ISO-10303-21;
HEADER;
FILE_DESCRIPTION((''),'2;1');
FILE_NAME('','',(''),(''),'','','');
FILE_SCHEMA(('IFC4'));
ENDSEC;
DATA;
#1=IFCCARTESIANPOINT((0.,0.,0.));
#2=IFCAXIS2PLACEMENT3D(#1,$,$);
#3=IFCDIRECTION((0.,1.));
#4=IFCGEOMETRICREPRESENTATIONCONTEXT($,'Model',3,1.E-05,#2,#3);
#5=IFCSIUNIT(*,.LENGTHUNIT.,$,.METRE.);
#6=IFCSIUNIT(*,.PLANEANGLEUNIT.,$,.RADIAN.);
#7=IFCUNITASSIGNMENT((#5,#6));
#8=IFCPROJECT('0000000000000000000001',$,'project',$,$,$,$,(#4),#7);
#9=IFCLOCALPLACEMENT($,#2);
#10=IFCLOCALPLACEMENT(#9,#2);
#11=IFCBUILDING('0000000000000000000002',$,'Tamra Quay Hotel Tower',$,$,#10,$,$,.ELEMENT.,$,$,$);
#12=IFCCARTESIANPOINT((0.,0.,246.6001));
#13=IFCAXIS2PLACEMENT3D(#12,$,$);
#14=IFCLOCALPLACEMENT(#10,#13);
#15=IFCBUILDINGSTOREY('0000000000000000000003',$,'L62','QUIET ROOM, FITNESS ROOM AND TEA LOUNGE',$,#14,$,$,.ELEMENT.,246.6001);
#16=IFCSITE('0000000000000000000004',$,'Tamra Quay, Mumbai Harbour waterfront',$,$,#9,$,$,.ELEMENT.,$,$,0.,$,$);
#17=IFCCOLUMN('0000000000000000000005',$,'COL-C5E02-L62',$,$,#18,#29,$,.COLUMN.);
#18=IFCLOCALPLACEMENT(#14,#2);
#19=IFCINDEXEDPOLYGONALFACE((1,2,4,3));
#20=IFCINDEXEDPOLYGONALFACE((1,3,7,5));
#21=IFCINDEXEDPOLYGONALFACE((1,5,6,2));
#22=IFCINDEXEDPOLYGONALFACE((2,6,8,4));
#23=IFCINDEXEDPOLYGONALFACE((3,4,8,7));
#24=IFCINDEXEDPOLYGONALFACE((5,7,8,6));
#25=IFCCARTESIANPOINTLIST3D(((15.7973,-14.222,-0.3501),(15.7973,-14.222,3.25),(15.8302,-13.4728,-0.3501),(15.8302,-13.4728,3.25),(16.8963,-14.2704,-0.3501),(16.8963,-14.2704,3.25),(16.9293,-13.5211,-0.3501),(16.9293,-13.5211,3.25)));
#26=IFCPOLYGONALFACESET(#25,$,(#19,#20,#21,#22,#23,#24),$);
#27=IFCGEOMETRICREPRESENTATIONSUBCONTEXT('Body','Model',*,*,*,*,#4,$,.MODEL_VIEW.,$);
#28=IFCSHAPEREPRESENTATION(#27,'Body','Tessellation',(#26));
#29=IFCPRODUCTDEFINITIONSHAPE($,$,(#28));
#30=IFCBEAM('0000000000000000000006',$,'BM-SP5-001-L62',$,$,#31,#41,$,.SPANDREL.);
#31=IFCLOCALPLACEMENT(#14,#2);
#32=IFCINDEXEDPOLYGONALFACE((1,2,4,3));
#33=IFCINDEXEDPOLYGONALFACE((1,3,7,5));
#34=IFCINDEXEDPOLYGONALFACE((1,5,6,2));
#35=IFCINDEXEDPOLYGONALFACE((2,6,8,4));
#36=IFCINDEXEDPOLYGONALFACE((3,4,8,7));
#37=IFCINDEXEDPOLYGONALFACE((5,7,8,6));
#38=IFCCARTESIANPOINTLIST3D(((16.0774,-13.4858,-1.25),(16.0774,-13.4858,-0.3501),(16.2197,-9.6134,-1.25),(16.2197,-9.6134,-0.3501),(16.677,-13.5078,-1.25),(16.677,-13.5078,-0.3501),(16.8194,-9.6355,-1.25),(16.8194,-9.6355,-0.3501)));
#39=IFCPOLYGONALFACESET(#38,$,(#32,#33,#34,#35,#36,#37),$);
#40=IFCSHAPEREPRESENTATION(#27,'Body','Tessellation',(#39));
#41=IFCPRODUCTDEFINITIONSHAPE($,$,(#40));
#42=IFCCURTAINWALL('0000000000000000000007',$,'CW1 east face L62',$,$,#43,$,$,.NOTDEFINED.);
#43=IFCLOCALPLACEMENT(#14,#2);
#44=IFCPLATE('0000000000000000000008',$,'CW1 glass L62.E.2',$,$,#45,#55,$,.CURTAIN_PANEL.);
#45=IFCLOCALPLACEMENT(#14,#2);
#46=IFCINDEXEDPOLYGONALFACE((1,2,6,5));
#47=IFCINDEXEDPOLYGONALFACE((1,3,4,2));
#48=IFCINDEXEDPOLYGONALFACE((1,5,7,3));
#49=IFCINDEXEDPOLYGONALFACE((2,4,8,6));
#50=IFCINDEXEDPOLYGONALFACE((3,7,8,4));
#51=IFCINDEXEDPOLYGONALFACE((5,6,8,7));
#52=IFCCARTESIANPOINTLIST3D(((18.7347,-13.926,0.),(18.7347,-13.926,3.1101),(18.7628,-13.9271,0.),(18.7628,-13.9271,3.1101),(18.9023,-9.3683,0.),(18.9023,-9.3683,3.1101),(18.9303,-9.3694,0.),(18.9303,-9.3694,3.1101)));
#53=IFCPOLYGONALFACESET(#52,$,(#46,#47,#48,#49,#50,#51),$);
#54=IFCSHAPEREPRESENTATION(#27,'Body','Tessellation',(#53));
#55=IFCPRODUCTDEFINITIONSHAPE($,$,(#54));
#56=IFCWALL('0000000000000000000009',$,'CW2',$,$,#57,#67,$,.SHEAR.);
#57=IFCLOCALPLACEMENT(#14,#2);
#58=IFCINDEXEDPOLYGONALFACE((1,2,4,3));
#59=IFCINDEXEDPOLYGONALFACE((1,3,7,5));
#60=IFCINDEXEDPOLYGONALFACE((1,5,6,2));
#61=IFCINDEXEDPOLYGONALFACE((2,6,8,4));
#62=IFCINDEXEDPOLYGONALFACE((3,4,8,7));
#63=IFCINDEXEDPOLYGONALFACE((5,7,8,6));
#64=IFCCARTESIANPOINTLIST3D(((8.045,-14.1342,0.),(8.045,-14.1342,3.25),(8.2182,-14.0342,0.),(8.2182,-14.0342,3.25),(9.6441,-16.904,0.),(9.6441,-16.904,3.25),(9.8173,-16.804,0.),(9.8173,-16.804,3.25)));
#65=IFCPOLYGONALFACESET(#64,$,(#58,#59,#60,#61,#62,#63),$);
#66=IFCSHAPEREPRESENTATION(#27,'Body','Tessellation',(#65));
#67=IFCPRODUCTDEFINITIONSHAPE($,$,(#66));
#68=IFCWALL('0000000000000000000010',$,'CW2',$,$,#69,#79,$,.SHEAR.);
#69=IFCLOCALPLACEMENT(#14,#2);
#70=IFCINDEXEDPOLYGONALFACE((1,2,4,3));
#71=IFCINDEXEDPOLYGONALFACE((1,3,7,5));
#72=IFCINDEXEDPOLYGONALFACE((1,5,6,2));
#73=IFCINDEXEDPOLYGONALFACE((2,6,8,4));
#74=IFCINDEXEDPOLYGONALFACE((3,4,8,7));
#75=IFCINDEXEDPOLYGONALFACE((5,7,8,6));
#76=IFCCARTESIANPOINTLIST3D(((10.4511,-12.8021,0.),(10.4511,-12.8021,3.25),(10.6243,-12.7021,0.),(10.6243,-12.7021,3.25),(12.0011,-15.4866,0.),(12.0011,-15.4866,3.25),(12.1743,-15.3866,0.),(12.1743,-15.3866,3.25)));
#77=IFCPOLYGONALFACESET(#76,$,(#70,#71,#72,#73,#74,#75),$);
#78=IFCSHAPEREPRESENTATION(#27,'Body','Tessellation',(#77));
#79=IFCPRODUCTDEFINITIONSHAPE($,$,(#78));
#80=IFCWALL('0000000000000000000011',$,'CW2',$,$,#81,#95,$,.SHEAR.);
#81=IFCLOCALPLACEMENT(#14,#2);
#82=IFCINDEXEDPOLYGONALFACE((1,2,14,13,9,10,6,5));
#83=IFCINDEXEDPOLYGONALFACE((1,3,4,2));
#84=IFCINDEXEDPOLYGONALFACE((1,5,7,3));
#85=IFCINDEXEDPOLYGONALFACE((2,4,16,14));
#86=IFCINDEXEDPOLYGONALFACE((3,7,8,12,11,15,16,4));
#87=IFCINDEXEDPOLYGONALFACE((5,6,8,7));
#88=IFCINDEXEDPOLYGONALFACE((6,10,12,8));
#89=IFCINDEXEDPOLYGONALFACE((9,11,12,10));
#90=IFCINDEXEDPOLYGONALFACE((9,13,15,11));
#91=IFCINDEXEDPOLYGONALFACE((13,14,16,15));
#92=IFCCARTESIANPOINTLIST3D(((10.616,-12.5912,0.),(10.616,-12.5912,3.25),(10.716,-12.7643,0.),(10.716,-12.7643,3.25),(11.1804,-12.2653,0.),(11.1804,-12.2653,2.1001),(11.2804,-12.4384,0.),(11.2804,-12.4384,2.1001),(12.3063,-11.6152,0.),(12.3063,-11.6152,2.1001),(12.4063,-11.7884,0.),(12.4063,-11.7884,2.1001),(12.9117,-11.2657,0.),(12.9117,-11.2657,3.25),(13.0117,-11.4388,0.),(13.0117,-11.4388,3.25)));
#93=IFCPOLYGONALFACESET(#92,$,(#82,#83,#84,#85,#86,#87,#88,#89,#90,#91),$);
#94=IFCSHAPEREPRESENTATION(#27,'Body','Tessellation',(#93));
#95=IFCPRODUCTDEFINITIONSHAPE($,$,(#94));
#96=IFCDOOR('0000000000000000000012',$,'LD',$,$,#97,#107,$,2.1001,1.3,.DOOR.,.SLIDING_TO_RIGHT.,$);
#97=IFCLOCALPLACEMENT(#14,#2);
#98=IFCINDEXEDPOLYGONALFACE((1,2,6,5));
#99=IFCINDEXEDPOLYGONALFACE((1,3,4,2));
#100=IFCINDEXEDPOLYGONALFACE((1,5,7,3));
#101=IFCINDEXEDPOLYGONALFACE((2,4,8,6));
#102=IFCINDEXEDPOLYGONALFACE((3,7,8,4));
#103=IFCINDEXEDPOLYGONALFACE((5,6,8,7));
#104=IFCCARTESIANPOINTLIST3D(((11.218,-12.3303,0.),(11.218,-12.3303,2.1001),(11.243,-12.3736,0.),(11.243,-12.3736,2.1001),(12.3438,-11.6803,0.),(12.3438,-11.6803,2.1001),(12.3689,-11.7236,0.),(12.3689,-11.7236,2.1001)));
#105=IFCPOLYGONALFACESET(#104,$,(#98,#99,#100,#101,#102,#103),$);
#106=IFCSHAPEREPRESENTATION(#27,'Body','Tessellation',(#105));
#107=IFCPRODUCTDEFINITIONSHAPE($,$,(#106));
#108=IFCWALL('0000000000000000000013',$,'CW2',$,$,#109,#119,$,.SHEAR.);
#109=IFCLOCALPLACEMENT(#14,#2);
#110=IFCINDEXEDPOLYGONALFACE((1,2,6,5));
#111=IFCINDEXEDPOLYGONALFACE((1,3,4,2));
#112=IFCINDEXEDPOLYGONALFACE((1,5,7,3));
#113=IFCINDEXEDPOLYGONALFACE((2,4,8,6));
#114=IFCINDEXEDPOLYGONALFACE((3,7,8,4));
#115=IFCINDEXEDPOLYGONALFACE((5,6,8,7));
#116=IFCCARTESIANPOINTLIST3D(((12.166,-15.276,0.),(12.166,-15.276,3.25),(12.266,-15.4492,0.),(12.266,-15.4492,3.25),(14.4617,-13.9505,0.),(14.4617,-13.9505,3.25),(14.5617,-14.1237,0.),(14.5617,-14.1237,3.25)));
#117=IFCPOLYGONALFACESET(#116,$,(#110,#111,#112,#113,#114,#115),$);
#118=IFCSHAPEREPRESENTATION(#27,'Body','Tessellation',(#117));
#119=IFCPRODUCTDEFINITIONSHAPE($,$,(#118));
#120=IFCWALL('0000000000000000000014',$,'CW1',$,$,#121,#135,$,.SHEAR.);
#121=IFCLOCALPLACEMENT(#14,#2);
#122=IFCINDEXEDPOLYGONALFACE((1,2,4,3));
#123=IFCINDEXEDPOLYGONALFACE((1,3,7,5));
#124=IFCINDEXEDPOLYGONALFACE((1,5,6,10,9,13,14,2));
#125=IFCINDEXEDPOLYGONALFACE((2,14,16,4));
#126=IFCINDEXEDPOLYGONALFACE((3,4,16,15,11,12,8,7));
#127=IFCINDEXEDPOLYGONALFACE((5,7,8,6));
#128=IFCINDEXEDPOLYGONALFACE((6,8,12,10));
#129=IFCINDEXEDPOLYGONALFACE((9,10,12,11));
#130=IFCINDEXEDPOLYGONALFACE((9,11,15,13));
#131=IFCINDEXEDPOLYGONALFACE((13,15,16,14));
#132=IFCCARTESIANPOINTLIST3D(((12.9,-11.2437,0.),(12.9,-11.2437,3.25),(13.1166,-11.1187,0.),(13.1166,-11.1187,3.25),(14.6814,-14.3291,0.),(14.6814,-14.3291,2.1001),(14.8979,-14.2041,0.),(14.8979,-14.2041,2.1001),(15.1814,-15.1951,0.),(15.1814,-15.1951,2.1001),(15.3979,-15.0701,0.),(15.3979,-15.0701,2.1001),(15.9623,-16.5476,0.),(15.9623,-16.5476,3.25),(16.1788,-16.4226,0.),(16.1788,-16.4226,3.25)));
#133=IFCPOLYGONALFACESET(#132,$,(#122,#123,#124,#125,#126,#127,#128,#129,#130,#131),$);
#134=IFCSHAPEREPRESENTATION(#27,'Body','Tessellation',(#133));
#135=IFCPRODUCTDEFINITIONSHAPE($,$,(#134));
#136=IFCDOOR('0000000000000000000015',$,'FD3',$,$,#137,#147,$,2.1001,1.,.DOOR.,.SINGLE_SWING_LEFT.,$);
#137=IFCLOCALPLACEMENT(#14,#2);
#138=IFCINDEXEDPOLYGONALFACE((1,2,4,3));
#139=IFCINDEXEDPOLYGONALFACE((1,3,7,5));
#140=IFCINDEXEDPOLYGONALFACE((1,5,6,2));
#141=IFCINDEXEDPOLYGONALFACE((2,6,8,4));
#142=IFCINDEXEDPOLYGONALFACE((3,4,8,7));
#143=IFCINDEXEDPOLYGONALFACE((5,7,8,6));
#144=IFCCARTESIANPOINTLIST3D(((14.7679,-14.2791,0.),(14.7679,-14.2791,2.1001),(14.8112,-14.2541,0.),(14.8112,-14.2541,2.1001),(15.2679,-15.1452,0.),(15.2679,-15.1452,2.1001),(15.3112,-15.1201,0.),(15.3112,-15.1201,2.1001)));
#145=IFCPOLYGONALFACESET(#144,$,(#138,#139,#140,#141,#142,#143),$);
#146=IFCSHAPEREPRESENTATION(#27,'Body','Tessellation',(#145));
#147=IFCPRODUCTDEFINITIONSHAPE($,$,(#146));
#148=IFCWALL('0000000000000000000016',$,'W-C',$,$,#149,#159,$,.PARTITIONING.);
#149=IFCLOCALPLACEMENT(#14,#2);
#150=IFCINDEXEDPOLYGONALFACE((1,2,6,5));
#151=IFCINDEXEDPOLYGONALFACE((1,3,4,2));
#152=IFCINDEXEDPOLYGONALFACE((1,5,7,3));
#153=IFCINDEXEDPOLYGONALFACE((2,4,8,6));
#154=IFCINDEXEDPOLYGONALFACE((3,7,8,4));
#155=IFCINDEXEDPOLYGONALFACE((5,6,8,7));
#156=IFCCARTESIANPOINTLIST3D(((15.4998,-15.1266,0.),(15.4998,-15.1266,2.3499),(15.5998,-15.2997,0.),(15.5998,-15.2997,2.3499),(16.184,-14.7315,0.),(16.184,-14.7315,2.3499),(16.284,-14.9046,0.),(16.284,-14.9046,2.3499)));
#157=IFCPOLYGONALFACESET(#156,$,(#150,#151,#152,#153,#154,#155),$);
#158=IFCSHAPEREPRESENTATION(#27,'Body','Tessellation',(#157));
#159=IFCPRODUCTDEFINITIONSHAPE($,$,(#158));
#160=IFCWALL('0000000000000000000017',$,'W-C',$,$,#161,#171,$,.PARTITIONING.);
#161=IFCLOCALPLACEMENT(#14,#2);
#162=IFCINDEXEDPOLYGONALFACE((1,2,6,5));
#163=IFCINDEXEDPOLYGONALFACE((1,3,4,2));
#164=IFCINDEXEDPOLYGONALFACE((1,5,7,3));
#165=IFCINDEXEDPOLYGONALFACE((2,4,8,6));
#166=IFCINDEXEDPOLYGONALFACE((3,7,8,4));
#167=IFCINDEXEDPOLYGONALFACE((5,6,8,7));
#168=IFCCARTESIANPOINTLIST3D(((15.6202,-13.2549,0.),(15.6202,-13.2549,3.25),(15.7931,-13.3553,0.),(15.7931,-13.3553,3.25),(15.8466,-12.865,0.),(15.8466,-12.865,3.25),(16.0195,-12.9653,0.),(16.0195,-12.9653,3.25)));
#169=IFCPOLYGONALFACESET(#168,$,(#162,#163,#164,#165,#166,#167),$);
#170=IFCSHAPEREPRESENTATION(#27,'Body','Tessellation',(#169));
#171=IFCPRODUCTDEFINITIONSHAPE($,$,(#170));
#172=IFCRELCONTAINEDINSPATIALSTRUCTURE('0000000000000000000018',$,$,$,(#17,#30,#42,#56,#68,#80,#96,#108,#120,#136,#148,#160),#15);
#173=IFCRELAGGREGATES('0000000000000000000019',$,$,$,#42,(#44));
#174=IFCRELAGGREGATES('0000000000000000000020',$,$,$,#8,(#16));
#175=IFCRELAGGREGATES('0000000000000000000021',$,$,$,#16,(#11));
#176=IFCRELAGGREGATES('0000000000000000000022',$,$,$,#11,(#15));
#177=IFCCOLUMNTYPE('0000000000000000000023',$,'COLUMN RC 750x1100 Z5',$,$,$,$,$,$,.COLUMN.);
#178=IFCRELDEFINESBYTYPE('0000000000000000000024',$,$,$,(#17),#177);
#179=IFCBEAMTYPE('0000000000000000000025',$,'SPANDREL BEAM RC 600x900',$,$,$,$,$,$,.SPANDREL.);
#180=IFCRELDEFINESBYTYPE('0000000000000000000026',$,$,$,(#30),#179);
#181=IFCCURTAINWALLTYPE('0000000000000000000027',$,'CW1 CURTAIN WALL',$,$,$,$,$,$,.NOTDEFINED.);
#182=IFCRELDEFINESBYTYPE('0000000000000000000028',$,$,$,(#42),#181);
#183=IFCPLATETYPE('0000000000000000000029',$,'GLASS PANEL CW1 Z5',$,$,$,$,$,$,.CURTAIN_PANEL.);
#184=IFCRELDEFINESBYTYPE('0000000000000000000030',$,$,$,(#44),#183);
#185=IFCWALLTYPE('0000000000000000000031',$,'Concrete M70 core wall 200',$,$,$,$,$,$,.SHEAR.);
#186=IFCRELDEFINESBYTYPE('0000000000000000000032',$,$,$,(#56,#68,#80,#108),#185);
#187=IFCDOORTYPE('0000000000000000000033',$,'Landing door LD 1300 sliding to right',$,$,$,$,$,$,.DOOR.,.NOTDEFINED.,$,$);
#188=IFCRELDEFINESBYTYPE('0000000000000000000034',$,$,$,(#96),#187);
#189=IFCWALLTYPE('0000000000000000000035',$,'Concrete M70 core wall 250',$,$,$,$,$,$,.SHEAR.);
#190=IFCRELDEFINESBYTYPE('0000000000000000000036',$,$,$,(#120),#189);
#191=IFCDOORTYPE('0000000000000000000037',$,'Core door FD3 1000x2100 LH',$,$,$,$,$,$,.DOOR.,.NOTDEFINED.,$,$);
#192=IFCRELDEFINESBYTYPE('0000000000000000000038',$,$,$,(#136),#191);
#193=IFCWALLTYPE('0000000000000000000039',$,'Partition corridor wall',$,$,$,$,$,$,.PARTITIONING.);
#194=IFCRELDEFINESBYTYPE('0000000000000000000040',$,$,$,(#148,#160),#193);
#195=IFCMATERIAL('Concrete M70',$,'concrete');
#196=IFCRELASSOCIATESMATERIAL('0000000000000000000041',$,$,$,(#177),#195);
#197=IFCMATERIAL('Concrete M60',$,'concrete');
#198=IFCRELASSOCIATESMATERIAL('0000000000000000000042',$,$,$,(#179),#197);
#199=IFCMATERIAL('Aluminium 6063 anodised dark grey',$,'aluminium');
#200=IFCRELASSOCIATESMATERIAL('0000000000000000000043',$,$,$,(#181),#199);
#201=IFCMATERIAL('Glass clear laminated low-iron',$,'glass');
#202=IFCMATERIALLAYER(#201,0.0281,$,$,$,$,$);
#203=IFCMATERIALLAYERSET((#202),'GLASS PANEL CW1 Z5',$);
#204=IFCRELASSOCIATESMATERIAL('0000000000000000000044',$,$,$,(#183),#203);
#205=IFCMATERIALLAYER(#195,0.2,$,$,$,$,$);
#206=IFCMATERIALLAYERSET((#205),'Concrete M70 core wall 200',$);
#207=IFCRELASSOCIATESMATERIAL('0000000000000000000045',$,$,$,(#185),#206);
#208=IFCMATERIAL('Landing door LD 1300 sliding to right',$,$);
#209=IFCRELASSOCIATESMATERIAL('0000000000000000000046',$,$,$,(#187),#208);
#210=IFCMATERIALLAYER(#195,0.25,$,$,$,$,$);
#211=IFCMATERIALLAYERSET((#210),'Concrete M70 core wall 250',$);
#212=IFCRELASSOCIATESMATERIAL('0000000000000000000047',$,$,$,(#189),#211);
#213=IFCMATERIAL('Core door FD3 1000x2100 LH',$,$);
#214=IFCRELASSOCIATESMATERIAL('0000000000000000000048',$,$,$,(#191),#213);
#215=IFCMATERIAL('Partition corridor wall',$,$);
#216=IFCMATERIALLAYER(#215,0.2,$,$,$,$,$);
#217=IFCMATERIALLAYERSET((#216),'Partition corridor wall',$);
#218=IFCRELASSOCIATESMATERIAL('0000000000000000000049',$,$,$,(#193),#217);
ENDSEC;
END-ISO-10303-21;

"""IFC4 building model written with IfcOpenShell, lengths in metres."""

from ifc_helpers import new_model, si_unit, direction, frame, frame_2d, origin, origin_2d, place, context, subcontext, project, spatial, rectangle, extrude, material, layer, layer_set, material_profile, profile_set, type_object, element, fill, aggregate, save


model = new_model("IFC4")

# Units and contexts
model_context = context("Model", 3, precision=1e-05, world=origin(), true_north=direction((0.0, 1.0)))
body_context = subcontext(model_context, "Body", "Model", "MODEL_VIEW")
ifc_project = project(units=[si_unit("LENGTHUNIT", "METRE"), si_unit("PLANEANGLEUNIT", "RADIAN")], contexts=[model_context])

# Site, building, storey
site_placement = place(None, origin())
site = spatial("IfcSite", under=ifc_project, at=site_placement, Name="Tamra Quay, Mumbai Harbour waterfront", CompositionType="ELEMENT", RefElevation=0.0)
building_placement = place(site_placement, origin())
building = spatial("IfcBuilding", under=site, at=building_placement, Name="Tamra Quay Hotel Tower", CompositionType="ELEMENT")
storey_placement = place(building_placement, frame((0.0, 0.0, 246.6001)))
storey = spatial("IfcBuildingStorey", under=building, at=storey_placement, Name="L62", Description="QUIET ROOM, FITNESS ROOM AND TEA LOUNGE", CompositionType="ELEMENT", Elevation=246.6001)

# Column
ifc_material_1 = material(Name="Concrete M70", Category="concrete")
ifc_material_profile_1 = material_profile(ifc_material_1, rectangle(XDim=1.1001, YDim=0.75, at=origin_2d()), Name="COLUMN RC 750x1100 Z5")
ifc_profile_set_1 = profile_set([ifc_material_profile_1], Name="Concrete M70")
column_type = type_object("IfcColumnType", Name="COLUMN RC 750x1100 Z5", PredefinedType="COLUMN", material=ifc_profile_set_1)
column_placement = place(storey_placement, frame((16.3633, -13.8716, -0.3501), z_axis=(0.0, 0.0, 1.0), x_axis=(-0.999033, 0.043958, 0.0)))
element("IfcColumn", 1, at=column_placement, inside=storey, type_object=column_type, Name="COL-C5E02-L62", PredefinedType="COLUMN", context=body_context, shape_type="SweptSolid", body=[
    extrude(rectangle(XDim=1.1001, YDim=0.75, at=origin_2d()), origin(), (0.0, 0.0, 1.0), 3.6001),
])

# Beam
ifc_material_2 = material(Name="Concrete M60", Category="concrete")
ifc_material_profile_2 = material_profile(ifc_material_2, rectangle(XDim=0.6001, YDim=0.8999, at=origin_2d()), Name="SPANDREL BEAM RC 600x900")
ifc_profile_set_2 = profile_set([ifc_material_profile_2], Name="Concrete M60")
beam_type = type_object("IfcBeamType", Name="SPANDREL BEAM RC 600x900", PredefinedType="SPANDREL", material=ifc_profile_set_2)
beam_placement = place(storey_placement, frame((16.3772, -13.4968, -0.8), z_axis=(0.036732, 0.999325, 0.0), x_axis=(-0.999325, 0.036732, 0.0)))
element("IfcBeam", 2, at=beam_placement, inside=storey, type_object=beam_type, Name="BM-SP5-001-L62", PredefinedType="SPANDREL", context=body_context, shape_type="SweptSolid", body=[
    extrude(rectangle(XDim=0.6001, YDim=0.8999, at=origin_2d()), origin(), (0.0, 0.0, 1.0), 3.875),
])

# Curtain wall, plate
ifc_material_3 = material(Name="Aluminium 6063 anodised dark grey", Category="aluminium")
curtain_wall_type = type_object("IfcCurtainWallType", Name="CW1 CURTAIN WALL", PredefinedType="NOTDEFINED", material=ifc_material_3)
curtain_wall_placement = place(storey_placement, origin())
curtain_wall = element("IfcCurtainWall", 3, at=curtain_wall_placement, inside=storey, type_object=curtain_wall_type, Name="CW1 east face L62", PredefinedType="NOTDEFINED")
ifc_material_4 = material(Name="Glass clear laminated low-iron", Category="glass")
ifc_layer_1 = layer(ifc_material_4, 0.0281)
ifc_layer_set_1 = layer_set([ifc_layer_1], Name="GLASS PANEL CW1 Z5")
plate_type = type_object("IfcPlateType", Name="GLASS PANEL CW1 Z5", PredefinedType="CURTAIN_PANEL", material=ifc_layer_set_1)
plate_placement = place(storey_placement, frame((18.8325, -11.6477, 0.0), z_axis=(0.0, 0.0, 1.0), x_axis=(0.036744, 0.999325, 0.0)))
plate = element("IfcPlate", 4, at=plate_placement, type_object=plate_type, Name="CW1 glass L62.E.2", PredefinedType="CURTAIN_PANEL", context=body_context, shape_type="SweptSolid", body=[
    extrude(rectangle(XDim=4.5608, YDim=0.0281, at=origin_2d()), origin(), (0.0, 0.0, 1.0), 3.1101),
])
aggregate(curtain_wall, [plate])

# Walls
ifc_layer_2 = layer(ifc_material_1, 0.2)
ifc_layer_set_2 = layer_set([ifc_layer_2], Name="Concrete M70 core wall 200")
wall_type_1 = type_object("IfcWallType", Name="Concrete M70 core wall 200", PredefinedType="SHEAR", material=ifc_layer_set_2)
wall_1_placement = place(storey_placement, frame((8.1316, -14.0842, 0.0), z_axis=(0.0, 0.0, 1.0), x_axis=(0.499998, -0.866027, 0.0)))
element("IfcWall", 5, at=wall_1_placement, inside=storey, type_object=wall_type_1, Name="CW2", PredefinedType="SHEAR", context=body_context, shape_type="SweptSolid", body=[
    extrude(rectangle(XDim=3.1982, YDim=0.2, at=frame_2d((1.5991, 0.0))), origin(), (0.0, 0.0, 1.0), 3.25),
])
wall_2_placement = place(storey_placement, frame((12.0876, -15.4365, 0.0), z_axis=(0.0, 0.0, 1.0), x_axis=(-0.500027, 0.86601, 0.0)))
element("IfcWall", 6, at=wall_2_placement, inside=storey, type_object=wall_type_1, Name="CW2", PredefinedType="SHEAR", context=body_context, shape_type="SweptSolid", body=[
    extrude(rectangle(XDim=3.0999, YDim=0.2, at=frame_2d((1.5498, 0.0))), origin(), (0.0, 0.0, 1.0), 3.25),
])

# Wall, opening, door
wall_3_placement = place(storey_placement, frame((10.666, -12.6777, 0.0), z_axis=(0.0, 0.0, 1.0), x_axis=(0.866018, 0.500012, 0.0)))
wall_3 = element("IfcWall", 7, at=wall_3_placement, inside=storey, type_object=wall_type_1, Name="CW2", PredefinedType="SHEAR", context=body_context, shape_type="SweptSolid", body=[
    extrude(rectangle(XDim=2.6509, YDim=0.2, at=frame_2d((1.3254, 0.0))), origin(), (0.0, 0.0, 1.0), 3.25),
])
opening_1_placement = place(wall_3_placement, frame((0.6519, 0.0, 0.0)))
opening_1 = element("IfcOpeningElement", 8, at=opening_1_placement, cuts=wall_3, PredefinedType="OPENING", context=body_context, shape_type="SweptSolid", body=[
    extrude(rectangle(XDim=1.3, YDim=2.1001, at=frame_2d((0.6499, 1.05))), frame((0.0, 0.1099, 0.0), z_axis=(0.0, -1.0, 0.0), x_axis=(1.0, 0.0, 0.0)), (0.0, 0.0, 1.0), 0.22),
])
ifc_material_5 = material(Name="Landing door LD 1300 sliding to right")
door_type_1 = type_object("IfcDoorType", Name="Landing door LD 1300 sliding to right", OperationType="NOTDEFINED", PredefinedType="DOOR", material=ifc_material_5)
door_1_placement = place(opening_1_placement, origin())
door_1 = element("IfcDoor", 9, at=door_1_placement, inside=storey, type_object=door_type_1, Name="LD", OperationType="SLIDING_TO_RIGHT", OverallHeight=2.1001, OverallWidth=1.3, PredefinedType="DOOR", context=body_context, shape_type="SweptSolid", body=[
    extrude(rectangle(XDim=1.3, YDim=2.1001, at=frame_2d((0.6499, 1.05))), frame((0.0, 0.0249, 0.0), z_axis=(0.0, -1.0, 0.0), x_axis=(1.0, 0.0, 0.0)), (0.0, 0.0, 1.0), 0.05),
])
fill(opening_1, door_1)

# Wall
wall_4_placement = place(storey_placement, frame((14.5117, -14.0371, 0.0), z_axis=(0.0, 0.0, 1.0), x_axis=(-0.866018, -0.500012, 0.0)))
element("IfcWall", 10, at=wall_4_placement, inside=storey, type_object=wall_type_1, Name="CW2", PredefinedType="SHEAR", context=body_context, shape_type="SweptSolid", body=[
    extrude(rectangle(XDim=2.6509, YDim=0.2, at=frame_2d((1.3254, 0.0))), origin(), (0.0, 0.0, 1.0), 3.25),
])

# Wall, opening, door
ifc_layer_3 = layer(ifc_material_1, 0.25)
ifc_layer_set_3 = layer_set([ifc_layer_3], Name="Concrete M70 core wall 250")
wall_type_2 = type_object("IfcWallType", Name="Concrete M70 core wall 250", PredefinedType="SHEAR", material=ifc_layer_set_3)
wall_5_placement = place(storey_placement, frame((13.0083, -11.1812, 0.0), z_axis=(0.0, 0.0, 1.0), x_axis=(0.500002, -0.866024, 0.0)))
wall_5 = element("IfcWall", 11, at=wall_5_placement, inside=storey, type_object=wall_type_2, Name="CW1", PredefinedType="SHEAR", context=body_context, shape_type="SweptSolid", body=[
    extrude(rectangle(XDim=6.1245, YDim=0.25, at=frame_2d((3.0623, 0.0))), origin(), (0.0, 0.0, 1.0), 3.25),
])
opening_2_placement = place(wall_5_placement, frame((3.5627, 0.0, 0.0)))
opening_2 = element("IfcOpeningElement", 12, at=opening_2_placement, cuts=wall_5, PredefinedType="OPENING", context=body_context, shape_type="SweptSolid", body=[
    extrude(rectangle(XDim=1.0, YDim=2.1001, at=frame_2d((0.5, 1.05))), frame((0.0, 0.135, 0.0), z_axis=(0.0, -1.0, 0.0), x_axis=(1.0, 0.0, 0.0)), (0.0, 0.0, 1.0), 0.27),
])
ifc_material_6 = material(Name="Core door FD3 1000x2100 LH")
door_type_2 = type_object("IfcDoorType", Name="Core door FD3 1000x2100 LH", OperationType="NOTDEFINED", PredefinedType="DOOR", material=ifc_material_6)
door_2_placement = place(opening_2_placement, origin())
door_2 = element("IfcDoor", 13, at=door_2_placement, inside=storey, type_object=door_type_2, Name="FD3", OperationType="SINGLE_SWING_LEFT", OverallHeight=2.1001, OverallWidth=1.0, PredefinedType="DOOR", context=body_context, shape_type="SweptSolid", body=[
    extrude(rectangle(XDim=1.0, YDim=2.1001, at=frame_2d((0.5, 1.05))), frame((0.0, 0.0249, 0.0), z_axis=(0.0, -1.0, 0.0), x_axis=(1.0, 0.0, 0.0)), (0.0, 0.0, 1.0), 0.05),
])
fill(opening_2, door_2)

# Walls
ifc_material_7 = material(Name="Partition corridor wall")
ifc_layer_4 = layer(ifc_material_7, 0.2)
ifc_layer_set_4 = layer_set([ifc_layer_4], Name="Partition corridor wall")
wall_type_3 = type_object("IfcWallType", Name="Partition corridor wall", PredefinedType="PARTITIONING", material=ifc_layer_set_4)
wall_6_placement = place(storey_placement, frame((15.5498, -15.2131, 0.0), z_axis=(0.0, 0.0, 1.0), x_axis=(0.86599, 0.500061, 0.0)))
element("IfcWall", 14, at=wall_6_placement, inside=storey, type_object=wall_type_3, Name="W-C", PredefinedType="PARTITIONING", context=body_context, shape_type="SweptSolid", body=[
    extrude(rectangle(XDim=0.79, YDim=0.2, at=frame_2d((0.395, 0.0))), origin(), (0.0, 0.0, 1.0), 2.3499),
])
wall_7_placement = place(storey_placement, frame((15.9331, -12.915, 0.0), z_axis=(0.0, 0.0, 1.0), x_axis=(-0.502018, -0.864857, 0.0)))
element("IfcWall", 15, at=wall_7_placement, inside=storey, type_object=wall_type_3, Name="W-C", PredefinedType="PARTITIONING", context=body_context, shape_type="SweptSolid", body=[
    extrude(rectangle(XDim=0.4509, YDim=0.2, at=frame_2d((0.2256, 0.0))), origin(), (0.0, 0.0, 1.0), 3.25),
])

save(model, "model.ifc")
